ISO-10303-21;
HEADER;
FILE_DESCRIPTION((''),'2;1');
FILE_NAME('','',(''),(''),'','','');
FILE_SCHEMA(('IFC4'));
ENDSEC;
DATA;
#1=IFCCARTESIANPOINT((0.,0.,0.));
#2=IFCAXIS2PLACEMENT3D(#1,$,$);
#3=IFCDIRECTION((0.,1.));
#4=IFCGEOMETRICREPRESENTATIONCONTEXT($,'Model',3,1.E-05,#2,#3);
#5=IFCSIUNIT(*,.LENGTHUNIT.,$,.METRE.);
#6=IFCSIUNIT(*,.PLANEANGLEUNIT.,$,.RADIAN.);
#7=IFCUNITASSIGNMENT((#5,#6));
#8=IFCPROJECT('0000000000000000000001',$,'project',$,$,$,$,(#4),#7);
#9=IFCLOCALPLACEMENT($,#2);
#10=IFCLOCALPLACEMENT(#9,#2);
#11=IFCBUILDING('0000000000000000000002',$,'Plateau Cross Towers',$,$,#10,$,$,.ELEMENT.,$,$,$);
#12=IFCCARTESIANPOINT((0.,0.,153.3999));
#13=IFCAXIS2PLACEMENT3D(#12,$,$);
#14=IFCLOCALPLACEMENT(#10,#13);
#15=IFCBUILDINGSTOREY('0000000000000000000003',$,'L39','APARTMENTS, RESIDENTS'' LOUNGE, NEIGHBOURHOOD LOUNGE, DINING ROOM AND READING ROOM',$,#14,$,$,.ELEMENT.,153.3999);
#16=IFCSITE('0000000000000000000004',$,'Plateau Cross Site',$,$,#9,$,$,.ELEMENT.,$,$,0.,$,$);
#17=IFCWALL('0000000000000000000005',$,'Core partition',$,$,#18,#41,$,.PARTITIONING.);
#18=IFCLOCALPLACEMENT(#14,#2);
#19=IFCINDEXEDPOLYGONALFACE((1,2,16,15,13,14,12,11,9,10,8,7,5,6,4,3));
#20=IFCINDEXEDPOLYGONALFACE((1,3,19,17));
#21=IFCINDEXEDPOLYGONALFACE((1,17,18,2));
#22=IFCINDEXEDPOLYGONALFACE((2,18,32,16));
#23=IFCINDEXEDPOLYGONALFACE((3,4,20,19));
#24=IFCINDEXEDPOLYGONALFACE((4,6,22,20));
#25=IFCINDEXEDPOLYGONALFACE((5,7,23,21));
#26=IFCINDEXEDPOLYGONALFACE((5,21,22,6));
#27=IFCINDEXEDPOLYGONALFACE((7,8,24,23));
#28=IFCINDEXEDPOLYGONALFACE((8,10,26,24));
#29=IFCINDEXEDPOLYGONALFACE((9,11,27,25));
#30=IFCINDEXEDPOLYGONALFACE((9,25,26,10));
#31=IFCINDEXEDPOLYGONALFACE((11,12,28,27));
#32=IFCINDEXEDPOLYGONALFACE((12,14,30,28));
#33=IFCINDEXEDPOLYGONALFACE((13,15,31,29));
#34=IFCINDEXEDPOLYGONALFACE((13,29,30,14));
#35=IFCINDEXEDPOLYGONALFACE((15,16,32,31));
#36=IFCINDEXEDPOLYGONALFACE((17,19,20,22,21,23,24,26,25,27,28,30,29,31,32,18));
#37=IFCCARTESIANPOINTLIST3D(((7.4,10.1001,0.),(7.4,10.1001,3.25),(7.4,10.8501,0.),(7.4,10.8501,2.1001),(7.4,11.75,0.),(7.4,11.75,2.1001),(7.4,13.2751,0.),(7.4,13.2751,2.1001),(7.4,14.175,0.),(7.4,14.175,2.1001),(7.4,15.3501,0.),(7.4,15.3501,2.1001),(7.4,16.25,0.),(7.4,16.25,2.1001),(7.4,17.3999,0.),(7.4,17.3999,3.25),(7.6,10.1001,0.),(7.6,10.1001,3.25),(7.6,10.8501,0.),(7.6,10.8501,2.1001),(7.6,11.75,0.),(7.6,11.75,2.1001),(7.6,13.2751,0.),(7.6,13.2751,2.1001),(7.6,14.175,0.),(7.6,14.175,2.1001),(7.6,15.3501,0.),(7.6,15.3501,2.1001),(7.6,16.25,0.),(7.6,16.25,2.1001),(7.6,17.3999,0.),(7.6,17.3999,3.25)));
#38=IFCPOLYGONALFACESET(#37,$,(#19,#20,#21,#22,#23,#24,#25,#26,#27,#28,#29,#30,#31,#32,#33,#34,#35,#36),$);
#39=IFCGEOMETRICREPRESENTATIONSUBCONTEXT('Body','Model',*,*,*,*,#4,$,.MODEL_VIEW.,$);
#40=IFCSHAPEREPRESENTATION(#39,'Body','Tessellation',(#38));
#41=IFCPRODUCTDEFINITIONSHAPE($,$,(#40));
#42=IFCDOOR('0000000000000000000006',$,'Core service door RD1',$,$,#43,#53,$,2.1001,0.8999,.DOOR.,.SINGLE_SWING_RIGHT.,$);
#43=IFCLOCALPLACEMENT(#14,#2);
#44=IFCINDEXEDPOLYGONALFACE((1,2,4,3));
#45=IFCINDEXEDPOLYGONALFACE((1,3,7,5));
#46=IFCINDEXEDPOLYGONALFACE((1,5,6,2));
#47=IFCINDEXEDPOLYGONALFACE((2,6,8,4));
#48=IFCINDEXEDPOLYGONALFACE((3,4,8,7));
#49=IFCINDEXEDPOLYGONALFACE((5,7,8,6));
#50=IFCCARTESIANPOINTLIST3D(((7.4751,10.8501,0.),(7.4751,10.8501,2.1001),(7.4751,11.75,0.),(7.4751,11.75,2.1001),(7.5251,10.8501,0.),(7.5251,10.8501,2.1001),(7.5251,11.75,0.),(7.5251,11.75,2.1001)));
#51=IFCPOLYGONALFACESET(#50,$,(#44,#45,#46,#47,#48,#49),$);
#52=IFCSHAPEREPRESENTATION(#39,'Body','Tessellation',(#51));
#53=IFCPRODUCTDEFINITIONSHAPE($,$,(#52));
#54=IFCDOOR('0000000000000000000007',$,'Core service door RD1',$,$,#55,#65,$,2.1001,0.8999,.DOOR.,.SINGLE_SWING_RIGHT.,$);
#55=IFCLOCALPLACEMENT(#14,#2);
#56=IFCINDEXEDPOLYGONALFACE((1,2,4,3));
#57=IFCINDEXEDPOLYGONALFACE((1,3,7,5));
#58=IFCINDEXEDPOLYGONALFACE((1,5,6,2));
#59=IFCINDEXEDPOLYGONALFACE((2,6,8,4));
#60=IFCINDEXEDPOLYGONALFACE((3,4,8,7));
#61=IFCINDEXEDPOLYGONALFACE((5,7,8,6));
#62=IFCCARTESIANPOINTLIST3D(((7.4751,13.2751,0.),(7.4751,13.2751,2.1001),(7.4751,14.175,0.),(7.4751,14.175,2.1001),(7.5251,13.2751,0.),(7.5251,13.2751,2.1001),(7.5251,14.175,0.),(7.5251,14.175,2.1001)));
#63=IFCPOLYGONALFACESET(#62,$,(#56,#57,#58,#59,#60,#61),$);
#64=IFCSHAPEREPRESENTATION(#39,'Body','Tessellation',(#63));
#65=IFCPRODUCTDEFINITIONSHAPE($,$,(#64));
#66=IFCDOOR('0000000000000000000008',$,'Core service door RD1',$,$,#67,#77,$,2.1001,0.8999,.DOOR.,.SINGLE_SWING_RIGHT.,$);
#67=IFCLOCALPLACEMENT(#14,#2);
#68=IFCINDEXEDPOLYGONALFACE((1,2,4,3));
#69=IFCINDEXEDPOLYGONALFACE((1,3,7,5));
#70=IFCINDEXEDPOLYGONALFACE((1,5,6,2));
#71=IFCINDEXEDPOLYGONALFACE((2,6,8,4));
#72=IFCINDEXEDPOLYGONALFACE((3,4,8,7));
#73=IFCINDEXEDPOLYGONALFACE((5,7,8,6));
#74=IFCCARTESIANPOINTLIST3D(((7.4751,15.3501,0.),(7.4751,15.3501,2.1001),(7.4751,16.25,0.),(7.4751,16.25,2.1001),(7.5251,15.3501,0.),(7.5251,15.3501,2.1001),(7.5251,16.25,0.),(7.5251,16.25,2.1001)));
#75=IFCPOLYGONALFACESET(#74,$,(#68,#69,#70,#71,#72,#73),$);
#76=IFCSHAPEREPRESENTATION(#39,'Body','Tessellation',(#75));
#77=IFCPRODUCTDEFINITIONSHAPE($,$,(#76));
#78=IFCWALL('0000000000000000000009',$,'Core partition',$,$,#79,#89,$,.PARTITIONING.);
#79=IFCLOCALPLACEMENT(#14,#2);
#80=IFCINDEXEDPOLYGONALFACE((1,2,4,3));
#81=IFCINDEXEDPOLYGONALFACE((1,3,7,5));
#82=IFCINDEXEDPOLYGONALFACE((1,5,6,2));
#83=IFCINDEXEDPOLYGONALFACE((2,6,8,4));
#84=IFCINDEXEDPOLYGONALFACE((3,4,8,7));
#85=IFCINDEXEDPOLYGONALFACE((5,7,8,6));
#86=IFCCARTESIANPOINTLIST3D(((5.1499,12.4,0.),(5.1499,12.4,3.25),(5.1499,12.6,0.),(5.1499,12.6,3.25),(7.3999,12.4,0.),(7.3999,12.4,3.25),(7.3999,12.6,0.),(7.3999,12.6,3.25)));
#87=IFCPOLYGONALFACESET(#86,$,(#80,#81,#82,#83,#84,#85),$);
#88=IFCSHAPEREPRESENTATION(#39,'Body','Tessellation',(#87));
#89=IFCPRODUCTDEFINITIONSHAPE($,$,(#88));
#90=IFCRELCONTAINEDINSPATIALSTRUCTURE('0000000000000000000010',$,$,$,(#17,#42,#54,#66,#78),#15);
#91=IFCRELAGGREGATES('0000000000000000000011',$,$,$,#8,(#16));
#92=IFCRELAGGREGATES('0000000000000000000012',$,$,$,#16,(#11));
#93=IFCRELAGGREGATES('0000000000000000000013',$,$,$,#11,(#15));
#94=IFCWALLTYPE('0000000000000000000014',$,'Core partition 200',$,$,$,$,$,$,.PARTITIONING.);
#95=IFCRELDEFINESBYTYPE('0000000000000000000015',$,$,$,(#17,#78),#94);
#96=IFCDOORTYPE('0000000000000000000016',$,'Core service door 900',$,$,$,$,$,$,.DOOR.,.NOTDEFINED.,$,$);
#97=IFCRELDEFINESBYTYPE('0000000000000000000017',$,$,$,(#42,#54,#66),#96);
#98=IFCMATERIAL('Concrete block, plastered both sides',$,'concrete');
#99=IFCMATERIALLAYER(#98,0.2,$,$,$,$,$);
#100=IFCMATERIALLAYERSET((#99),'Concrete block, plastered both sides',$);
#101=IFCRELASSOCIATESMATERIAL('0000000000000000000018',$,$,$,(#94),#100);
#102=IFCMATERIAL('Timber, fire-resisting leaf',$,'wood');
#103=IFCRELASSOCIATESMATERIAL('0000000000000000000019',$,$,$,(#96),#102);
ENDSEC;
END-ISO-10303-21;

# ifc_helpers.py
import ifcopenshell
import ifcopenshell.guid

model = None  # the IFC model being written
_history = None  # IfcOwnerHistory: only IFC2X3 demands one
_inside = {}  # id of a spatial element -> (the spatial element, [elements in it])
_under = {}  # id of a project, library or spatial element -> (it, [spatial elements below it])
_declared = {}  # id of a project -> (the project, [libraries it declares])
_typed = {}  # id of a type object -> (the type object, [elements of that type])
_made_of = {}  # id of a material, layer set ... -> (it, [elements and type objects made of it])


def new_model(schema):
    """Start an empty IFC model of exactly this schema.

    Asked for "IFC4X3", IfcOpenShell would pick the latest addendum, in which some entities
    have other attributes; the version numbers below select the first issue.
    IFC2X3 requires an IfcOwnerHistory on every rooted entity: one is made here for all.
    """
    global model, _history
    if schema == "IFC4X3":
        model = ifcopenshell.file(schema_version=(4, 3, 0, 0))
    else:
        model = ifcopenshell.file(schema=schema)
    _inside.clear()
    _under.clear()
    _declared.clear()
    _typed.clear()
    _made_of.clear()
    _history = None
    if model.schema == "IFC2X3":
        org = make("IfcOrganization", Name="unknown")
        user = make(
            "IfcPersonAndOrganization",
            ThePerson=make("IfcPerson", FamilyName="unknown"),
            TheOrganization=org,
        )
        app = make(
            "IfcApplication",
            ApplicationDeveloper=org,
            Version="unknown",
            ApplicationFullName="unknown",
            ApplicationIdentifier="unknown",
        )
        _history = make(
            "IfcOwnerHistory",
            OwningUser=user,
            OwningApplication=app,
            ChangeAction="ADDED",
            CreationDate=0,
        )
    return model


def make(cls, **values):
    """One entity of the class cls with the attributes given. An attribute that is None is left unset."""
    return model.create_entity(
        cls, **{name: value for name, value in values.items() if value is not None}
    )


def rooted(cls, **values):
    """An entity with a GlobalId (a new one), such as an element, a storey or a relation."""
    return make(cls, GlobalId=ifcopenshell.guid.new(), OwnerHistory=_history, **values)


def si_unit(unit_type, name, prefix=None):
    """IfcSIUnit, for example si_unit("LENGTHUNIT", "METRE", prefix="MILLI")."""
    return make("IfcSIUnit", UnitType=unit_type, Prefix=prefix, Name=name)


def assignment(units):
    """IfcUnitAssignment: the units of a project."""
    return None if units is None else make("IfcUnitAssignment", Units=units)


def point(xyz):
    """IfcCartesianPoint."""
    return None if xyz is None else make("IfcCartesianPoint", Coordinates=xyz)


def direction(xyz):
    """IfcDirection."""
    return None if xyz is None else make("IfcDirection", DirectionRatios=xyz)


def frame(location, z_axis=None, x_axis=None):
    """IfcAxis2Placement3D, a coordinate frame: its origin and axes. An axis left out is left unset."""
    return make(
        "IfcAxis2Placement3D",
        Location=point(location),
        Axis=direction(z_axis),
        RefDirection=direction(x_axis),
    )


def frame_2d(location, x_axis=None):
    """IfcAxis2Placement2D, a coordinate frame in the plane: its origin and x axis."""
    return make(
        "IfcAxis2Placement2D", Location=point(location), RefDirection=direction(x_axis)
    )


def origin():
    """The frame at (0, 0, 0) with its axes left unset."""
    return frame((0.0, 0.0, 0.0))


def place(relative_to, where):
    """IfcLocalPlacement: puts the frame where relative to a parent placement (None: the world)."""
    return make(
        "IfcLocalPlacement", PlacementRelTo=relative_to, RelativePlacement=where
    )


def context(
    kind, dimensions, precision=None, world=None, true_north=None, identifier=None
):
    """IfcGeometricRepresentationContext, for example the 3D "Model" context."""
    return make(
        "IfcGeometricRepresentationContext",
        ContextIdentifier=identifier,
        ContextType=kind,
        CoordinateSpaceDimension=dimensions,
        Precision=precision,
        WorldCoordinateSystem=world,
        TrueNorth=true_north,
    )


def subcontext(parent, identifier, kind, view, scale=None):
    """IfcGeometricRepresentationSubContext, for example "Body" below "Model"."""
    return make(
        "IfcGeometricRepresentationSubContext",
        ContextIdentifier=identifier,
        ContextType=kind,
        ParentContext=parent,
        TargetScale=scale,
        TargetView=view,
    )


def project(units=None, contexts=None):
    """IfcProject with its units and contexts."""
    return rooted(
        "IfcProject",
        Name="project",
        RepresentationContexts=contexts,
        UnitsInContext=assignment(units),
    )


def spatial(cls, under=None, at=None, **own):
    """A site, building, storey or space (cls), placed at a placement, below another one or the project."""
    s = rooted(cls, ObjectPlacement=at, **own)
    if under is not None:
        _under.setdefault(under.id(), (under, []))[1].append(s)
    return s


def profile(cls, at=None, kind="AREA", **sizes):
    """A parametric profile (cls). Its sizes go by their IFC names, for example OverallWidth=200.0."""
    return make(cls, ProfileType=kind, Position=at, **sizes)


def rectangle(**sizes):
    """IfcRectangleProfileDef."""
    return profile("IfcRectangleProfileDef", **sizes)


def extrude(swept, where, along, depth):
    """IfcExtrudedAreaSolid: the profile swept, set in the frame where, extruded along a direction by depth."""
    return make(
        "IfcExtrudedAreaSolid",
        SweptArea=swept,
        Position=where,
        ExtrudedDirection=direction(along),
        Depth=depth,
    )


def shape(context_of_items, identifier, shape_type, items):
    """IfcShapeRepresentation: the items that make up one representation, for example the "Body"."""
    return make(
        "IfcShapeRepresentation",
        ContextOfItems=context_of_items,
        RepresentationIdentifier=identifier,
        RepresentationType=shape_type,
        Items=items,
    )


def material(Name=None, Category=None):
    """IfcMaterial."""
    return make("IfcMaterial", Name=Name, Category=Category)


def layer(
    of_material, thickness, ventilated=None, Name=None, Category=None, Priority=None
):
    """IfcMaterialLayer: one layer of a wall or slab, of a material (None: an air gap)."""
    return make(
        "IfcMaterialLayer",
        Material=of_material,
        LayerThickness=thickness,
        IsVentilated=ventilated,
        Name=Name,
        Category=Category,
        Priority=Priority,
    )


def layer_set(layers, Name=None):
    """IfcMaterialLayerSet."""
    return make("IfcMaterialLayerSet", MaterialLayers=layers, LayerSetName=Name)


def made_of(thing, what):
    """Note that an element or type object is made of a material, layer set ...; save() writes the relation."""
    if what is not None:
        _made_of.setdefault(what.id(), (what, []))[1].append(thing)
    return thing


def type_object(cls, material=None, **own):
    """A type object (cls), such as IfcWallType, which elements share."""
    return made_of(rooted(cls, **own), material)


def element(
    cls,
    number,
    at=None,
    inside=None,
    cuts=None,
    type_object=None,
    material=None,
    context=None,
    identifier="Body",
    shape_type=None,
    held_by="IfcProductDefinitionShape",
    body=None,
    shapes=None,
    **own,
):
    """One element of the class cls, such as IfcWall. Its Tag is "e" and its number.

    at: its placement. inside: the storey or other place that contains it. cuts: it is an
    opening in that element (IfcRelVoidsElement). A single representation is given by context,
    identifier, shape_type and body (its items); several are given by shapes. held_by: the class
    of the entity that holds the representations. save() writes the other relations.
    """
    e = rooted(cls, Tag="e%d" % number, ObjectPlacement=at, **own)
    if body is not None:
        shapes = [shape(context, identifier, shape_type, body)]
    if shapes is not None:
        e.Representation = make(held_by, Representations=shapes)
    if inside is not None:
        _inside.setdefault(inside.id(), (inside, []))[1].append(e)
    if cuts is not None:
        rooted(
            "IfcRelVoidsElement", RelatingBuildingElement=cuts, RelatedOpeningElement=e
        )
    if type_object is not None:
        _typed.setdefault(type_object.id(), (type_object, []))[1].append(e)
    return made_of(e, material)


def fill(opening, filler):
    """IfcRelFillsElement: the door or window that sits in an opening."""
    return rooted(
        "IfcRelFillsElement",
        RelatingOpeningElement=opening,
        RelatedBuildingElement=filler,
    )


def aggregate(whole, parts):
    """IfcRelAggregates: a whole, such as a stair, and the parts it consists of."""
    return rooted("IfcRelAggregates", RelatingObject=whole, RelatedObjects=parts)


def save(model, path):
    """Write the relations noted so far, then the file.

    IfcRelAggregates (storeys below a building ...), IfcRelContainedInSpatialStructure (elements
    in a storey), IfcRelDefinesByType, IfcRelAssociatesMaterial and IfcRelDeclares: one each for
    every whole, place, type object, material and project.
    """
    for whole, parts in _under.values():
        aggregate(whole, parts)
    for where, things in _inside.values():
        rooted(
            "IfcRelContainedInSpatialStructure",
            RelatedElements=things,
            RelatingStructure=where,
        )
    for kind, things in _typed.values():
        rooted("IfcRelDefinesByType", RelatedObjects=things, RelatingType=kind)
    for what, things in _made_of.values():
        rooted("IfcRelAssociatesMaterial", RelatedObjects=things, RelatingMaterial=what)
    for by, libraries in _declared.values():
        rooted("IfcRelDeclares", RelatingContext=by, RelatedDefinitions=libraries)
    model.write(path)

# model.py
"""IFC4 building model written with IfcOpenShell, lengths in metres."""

from ifc_helpers import new_model, si_unit, direction, frame, frame_2d, origin, place, context, subcontext, project, spatial, rectangle, extrude, material, layer, layer_set, type_object, element, fill, save


model = new_model("IFC4")

# Units and contexts
model_context = context("Model", 3, precision=1e-05, world=origin(), true_north=direction((0.0, 1.0)))
body_context = subcontext(model_context, "Body", "Model", "MODEL_VIEW")
ifc_project = project(units=[si_unit("LENGTHUNIT", "METRE"), si_unit("PLANEANGLEUNIT", "RADIAN")], contexts=[model_context])

# Site, building, storey
site_placement = place(None, origin())
site = spatial("IfcSite", under=ifc_project, at=site_placement, Name="Plateau Cross Site", CompositionType="ELEMENT", RefElevation=0.0)
building_placement = place(site_placement, origin())
building = spatial("IfcBuilding", under=site, at=building_placement, Name="Plateau Cross Towers", CompositionType="ELEMENT")
storey_placement = place(building_placement, frame((0.0, 0.0, 153.3999)))
storey = spatial("IfcBuildingStorey", under=building, at=storey_placement, Name="L39", Description="APARTMENTS, RESIDENTS' LOUNGE, NEIGHBOURHOOD LOUNGE, DINING ROOM AND READING ROOM", CompositionType="ELEMENT", Elevation=153.3999)

# Shared definitions
ifc_material_1 = material(Name="Concrete block, plastered both sides", Category="concrete")
ifc_layer_1 = layer(ifc_material_1, 0.2)
ifc_layer_set_1 = layer_set([ifc_layer_1], Name="Concrete block, plastered both sides")
wall_type_1 = type_object("IfcWallType", Name="Core partition 200", PredefinedType="PARTITIONING", material=ifc_layer_set_1)

# Shared definitions
ifc_material_2 = material(Name="Timber, fire-resisting leaf", Category="wood")
door_type_1 = type_object("IfcDoorType", Name="Core service door 900", OperationType="NOTDEFINED", PredefinedType="DOOR", material=ifc_material_2)

# Wall, openings, doors
wall_1_placement = place(storey_placement, frame((7.5, 10.1001, 0.0), z_axis=(0.0, 0.0, 1.0), x_axis=(0.0, 1.0, 0.0)))
wall_1 = element("IfcWall", 1, at=wall_1_placement, inside=storey, type_object=wall_type_1, Name="Core partition", PredefinedType="PARTITIONING", context=body_context, shape_type="SweptSolid", body=[
    extrude(rectangle(XDim=7.2998, YDim=0.2, at=frame_2d((3.6499, 0.0))), origin(), (0.0, 0.0, 1.0), 3.25),
])
opening_1_placement = place(wall_1_placement, frame((0.75, 0.0, 0.0)))
opening_1 = element("IfcOpeningElement", 2, at=opening_1_placement, cuts=wall_1, PredefinedType="OPENING", context=body_context, shape_type="SweptSolid", body=[
    extrude(rectangle(XDim=0.8999, YDim=2.1001, at=frame_2d((0.45, 1.05))), frame((0.0, 0.1099, 0.0), z_axis=(0.0, -1.0, 0.0), x_axis=(1.0, 0.0, 0.0)), (0.0, 0.0, 1.0), 0.22),
])
opening_2_placement = place(wall_1_placement, frame((3.175, 0.0, 0.0)))
opening_2 = element("IfcOpeningElement", 3, at=opening_2_placement, cuts=wall_1, PredefinedType="OPENING", context=body_context, shape_type="SweptSolid", body=[
    extrude(rectangle(XDim=0.8999, YDim=2.1001, at=frame_2d((0.45, 1.05))), frame((0.0, 0.1099, 0.0), z_axis=(0.0, -1.0, 0.0), x_axis=(1.0, 0.0, 0.0)), (0.0, 0.0, 1.0), 0.22),
])
opening_3_placement = place(wall_1_placement, frame((5.25, 0.0, 0.0)))
opening_3 = element("IfcOpeningElement", 4, at=opening_3_placement, cuts=wall_1, PredefinedType="OPENING", context=body_context, shape_type="SweptSolid", body=[
    extrude(rectangle(XDim=0.8999, YDim=2.1001, at=frame_2d((0.45, 1.05))), frame((0.0, 0.1099, 0.0), z_axis=(0.0, -1.0, 0.0), x_axis=(1.0, 0.0, 0.0)), (0.0, 0.0, 1.0), 0.22),
])
door_1_placement = place(opening_1_placement, origin())
door_1 = element("IfcDoor", 5, at=door_1_placement, inside=storey, type_object=door_type_1, Name="Core service door RD1", OperationType="SINGLE_SWING_RIGHT", OverallHeight=2.1001, OverallWidth=0.8999, PredefinedType="DOOR", context=body_context, shape_type="SweptSolid", body=[
    extrude(rectangle(XDim=0.8999, YDim=2.1001, at=frame_2d((0.45, 1.05))), frame((0.0, 0.0249, 0.0), z_axis=(0.0, -1.0, 0.0), x_axis=(1.0, 0.0, 0.0)), (0.0, 0.0, 1.0), 0.05),
])
fill(opening_1, door_1)
door_2_placement = place(opening_2_placement, origin())
door_2 = element("IfcDoor", 6, at=door_2_placement, inside=storey, type_object=door_type_1, Name="Core service door RD1", OperationType="SINGLE_SWING_RIGHT", OverallHeight=2.1001, OverallWidth=0.8999, PredefinedType="DOOR", context=body_context, shape_type="SweptSolid", body=[
    extrude(rectangle(XDim=0.8999, YDim=2.1001, at=frame_2d((0.45, 1.05))), frame((0.0, 0.0249, 0.0), z_axis=(0.0, -1.0, 0.0), x_axis=(1.0, 0.0, 0.0)), (0.0, 0.0, 1.0), 0.05),
])
fill(opening_2, door_2)
door_3_placement = place(opening_3_placement, origin())
door_3 = element("IfcDoor", 7, at=door_3_placement, inside=storey, type_object=door_type_1, Name="Core service door RD1", OperationType="SINGLE_SWING_RIGHT", OverallHeight=2.1001, OverallWidth=0.8999, PredefinedType="DOOR", context=body_context, shape_type="SweptSolid", body=[
    extrude(rectangle(XDim=0.8999, YDim=2.1001, at=frame_2d((0.45, 1.05))), frame((0.0, 0.0249, 0.0), z_axis=(0.0, -1.0, 0.0), x_axis=(1.0, 0.0, 0.0)), (0.0, 0.0, 1.0), 0.05),
])
fill(opening_3, door_3)

# Wall
wall_2_placement = place(storey_placement, frame((5.1499, 12.5, 0.0), z_axis=(0.0, 0.0, 1.0), x_axis=(1.0, 0.0, 0.0)))
element("IfcWall", 8, at=wall_2_placement, inside=storey, type_object=wall_type_1, Name="Core partition", PredefinedType="PARTITIONING", context=body_context, shape_type="SweptSolid", body=[
    extrude(rectangle(XDim=2.25, YDim=0.2, at=frame_2d((1.125, 0.0))), origin(), (0.0, 0.0, 1.0), 3.25),
])

save(model, "model.ifc")
